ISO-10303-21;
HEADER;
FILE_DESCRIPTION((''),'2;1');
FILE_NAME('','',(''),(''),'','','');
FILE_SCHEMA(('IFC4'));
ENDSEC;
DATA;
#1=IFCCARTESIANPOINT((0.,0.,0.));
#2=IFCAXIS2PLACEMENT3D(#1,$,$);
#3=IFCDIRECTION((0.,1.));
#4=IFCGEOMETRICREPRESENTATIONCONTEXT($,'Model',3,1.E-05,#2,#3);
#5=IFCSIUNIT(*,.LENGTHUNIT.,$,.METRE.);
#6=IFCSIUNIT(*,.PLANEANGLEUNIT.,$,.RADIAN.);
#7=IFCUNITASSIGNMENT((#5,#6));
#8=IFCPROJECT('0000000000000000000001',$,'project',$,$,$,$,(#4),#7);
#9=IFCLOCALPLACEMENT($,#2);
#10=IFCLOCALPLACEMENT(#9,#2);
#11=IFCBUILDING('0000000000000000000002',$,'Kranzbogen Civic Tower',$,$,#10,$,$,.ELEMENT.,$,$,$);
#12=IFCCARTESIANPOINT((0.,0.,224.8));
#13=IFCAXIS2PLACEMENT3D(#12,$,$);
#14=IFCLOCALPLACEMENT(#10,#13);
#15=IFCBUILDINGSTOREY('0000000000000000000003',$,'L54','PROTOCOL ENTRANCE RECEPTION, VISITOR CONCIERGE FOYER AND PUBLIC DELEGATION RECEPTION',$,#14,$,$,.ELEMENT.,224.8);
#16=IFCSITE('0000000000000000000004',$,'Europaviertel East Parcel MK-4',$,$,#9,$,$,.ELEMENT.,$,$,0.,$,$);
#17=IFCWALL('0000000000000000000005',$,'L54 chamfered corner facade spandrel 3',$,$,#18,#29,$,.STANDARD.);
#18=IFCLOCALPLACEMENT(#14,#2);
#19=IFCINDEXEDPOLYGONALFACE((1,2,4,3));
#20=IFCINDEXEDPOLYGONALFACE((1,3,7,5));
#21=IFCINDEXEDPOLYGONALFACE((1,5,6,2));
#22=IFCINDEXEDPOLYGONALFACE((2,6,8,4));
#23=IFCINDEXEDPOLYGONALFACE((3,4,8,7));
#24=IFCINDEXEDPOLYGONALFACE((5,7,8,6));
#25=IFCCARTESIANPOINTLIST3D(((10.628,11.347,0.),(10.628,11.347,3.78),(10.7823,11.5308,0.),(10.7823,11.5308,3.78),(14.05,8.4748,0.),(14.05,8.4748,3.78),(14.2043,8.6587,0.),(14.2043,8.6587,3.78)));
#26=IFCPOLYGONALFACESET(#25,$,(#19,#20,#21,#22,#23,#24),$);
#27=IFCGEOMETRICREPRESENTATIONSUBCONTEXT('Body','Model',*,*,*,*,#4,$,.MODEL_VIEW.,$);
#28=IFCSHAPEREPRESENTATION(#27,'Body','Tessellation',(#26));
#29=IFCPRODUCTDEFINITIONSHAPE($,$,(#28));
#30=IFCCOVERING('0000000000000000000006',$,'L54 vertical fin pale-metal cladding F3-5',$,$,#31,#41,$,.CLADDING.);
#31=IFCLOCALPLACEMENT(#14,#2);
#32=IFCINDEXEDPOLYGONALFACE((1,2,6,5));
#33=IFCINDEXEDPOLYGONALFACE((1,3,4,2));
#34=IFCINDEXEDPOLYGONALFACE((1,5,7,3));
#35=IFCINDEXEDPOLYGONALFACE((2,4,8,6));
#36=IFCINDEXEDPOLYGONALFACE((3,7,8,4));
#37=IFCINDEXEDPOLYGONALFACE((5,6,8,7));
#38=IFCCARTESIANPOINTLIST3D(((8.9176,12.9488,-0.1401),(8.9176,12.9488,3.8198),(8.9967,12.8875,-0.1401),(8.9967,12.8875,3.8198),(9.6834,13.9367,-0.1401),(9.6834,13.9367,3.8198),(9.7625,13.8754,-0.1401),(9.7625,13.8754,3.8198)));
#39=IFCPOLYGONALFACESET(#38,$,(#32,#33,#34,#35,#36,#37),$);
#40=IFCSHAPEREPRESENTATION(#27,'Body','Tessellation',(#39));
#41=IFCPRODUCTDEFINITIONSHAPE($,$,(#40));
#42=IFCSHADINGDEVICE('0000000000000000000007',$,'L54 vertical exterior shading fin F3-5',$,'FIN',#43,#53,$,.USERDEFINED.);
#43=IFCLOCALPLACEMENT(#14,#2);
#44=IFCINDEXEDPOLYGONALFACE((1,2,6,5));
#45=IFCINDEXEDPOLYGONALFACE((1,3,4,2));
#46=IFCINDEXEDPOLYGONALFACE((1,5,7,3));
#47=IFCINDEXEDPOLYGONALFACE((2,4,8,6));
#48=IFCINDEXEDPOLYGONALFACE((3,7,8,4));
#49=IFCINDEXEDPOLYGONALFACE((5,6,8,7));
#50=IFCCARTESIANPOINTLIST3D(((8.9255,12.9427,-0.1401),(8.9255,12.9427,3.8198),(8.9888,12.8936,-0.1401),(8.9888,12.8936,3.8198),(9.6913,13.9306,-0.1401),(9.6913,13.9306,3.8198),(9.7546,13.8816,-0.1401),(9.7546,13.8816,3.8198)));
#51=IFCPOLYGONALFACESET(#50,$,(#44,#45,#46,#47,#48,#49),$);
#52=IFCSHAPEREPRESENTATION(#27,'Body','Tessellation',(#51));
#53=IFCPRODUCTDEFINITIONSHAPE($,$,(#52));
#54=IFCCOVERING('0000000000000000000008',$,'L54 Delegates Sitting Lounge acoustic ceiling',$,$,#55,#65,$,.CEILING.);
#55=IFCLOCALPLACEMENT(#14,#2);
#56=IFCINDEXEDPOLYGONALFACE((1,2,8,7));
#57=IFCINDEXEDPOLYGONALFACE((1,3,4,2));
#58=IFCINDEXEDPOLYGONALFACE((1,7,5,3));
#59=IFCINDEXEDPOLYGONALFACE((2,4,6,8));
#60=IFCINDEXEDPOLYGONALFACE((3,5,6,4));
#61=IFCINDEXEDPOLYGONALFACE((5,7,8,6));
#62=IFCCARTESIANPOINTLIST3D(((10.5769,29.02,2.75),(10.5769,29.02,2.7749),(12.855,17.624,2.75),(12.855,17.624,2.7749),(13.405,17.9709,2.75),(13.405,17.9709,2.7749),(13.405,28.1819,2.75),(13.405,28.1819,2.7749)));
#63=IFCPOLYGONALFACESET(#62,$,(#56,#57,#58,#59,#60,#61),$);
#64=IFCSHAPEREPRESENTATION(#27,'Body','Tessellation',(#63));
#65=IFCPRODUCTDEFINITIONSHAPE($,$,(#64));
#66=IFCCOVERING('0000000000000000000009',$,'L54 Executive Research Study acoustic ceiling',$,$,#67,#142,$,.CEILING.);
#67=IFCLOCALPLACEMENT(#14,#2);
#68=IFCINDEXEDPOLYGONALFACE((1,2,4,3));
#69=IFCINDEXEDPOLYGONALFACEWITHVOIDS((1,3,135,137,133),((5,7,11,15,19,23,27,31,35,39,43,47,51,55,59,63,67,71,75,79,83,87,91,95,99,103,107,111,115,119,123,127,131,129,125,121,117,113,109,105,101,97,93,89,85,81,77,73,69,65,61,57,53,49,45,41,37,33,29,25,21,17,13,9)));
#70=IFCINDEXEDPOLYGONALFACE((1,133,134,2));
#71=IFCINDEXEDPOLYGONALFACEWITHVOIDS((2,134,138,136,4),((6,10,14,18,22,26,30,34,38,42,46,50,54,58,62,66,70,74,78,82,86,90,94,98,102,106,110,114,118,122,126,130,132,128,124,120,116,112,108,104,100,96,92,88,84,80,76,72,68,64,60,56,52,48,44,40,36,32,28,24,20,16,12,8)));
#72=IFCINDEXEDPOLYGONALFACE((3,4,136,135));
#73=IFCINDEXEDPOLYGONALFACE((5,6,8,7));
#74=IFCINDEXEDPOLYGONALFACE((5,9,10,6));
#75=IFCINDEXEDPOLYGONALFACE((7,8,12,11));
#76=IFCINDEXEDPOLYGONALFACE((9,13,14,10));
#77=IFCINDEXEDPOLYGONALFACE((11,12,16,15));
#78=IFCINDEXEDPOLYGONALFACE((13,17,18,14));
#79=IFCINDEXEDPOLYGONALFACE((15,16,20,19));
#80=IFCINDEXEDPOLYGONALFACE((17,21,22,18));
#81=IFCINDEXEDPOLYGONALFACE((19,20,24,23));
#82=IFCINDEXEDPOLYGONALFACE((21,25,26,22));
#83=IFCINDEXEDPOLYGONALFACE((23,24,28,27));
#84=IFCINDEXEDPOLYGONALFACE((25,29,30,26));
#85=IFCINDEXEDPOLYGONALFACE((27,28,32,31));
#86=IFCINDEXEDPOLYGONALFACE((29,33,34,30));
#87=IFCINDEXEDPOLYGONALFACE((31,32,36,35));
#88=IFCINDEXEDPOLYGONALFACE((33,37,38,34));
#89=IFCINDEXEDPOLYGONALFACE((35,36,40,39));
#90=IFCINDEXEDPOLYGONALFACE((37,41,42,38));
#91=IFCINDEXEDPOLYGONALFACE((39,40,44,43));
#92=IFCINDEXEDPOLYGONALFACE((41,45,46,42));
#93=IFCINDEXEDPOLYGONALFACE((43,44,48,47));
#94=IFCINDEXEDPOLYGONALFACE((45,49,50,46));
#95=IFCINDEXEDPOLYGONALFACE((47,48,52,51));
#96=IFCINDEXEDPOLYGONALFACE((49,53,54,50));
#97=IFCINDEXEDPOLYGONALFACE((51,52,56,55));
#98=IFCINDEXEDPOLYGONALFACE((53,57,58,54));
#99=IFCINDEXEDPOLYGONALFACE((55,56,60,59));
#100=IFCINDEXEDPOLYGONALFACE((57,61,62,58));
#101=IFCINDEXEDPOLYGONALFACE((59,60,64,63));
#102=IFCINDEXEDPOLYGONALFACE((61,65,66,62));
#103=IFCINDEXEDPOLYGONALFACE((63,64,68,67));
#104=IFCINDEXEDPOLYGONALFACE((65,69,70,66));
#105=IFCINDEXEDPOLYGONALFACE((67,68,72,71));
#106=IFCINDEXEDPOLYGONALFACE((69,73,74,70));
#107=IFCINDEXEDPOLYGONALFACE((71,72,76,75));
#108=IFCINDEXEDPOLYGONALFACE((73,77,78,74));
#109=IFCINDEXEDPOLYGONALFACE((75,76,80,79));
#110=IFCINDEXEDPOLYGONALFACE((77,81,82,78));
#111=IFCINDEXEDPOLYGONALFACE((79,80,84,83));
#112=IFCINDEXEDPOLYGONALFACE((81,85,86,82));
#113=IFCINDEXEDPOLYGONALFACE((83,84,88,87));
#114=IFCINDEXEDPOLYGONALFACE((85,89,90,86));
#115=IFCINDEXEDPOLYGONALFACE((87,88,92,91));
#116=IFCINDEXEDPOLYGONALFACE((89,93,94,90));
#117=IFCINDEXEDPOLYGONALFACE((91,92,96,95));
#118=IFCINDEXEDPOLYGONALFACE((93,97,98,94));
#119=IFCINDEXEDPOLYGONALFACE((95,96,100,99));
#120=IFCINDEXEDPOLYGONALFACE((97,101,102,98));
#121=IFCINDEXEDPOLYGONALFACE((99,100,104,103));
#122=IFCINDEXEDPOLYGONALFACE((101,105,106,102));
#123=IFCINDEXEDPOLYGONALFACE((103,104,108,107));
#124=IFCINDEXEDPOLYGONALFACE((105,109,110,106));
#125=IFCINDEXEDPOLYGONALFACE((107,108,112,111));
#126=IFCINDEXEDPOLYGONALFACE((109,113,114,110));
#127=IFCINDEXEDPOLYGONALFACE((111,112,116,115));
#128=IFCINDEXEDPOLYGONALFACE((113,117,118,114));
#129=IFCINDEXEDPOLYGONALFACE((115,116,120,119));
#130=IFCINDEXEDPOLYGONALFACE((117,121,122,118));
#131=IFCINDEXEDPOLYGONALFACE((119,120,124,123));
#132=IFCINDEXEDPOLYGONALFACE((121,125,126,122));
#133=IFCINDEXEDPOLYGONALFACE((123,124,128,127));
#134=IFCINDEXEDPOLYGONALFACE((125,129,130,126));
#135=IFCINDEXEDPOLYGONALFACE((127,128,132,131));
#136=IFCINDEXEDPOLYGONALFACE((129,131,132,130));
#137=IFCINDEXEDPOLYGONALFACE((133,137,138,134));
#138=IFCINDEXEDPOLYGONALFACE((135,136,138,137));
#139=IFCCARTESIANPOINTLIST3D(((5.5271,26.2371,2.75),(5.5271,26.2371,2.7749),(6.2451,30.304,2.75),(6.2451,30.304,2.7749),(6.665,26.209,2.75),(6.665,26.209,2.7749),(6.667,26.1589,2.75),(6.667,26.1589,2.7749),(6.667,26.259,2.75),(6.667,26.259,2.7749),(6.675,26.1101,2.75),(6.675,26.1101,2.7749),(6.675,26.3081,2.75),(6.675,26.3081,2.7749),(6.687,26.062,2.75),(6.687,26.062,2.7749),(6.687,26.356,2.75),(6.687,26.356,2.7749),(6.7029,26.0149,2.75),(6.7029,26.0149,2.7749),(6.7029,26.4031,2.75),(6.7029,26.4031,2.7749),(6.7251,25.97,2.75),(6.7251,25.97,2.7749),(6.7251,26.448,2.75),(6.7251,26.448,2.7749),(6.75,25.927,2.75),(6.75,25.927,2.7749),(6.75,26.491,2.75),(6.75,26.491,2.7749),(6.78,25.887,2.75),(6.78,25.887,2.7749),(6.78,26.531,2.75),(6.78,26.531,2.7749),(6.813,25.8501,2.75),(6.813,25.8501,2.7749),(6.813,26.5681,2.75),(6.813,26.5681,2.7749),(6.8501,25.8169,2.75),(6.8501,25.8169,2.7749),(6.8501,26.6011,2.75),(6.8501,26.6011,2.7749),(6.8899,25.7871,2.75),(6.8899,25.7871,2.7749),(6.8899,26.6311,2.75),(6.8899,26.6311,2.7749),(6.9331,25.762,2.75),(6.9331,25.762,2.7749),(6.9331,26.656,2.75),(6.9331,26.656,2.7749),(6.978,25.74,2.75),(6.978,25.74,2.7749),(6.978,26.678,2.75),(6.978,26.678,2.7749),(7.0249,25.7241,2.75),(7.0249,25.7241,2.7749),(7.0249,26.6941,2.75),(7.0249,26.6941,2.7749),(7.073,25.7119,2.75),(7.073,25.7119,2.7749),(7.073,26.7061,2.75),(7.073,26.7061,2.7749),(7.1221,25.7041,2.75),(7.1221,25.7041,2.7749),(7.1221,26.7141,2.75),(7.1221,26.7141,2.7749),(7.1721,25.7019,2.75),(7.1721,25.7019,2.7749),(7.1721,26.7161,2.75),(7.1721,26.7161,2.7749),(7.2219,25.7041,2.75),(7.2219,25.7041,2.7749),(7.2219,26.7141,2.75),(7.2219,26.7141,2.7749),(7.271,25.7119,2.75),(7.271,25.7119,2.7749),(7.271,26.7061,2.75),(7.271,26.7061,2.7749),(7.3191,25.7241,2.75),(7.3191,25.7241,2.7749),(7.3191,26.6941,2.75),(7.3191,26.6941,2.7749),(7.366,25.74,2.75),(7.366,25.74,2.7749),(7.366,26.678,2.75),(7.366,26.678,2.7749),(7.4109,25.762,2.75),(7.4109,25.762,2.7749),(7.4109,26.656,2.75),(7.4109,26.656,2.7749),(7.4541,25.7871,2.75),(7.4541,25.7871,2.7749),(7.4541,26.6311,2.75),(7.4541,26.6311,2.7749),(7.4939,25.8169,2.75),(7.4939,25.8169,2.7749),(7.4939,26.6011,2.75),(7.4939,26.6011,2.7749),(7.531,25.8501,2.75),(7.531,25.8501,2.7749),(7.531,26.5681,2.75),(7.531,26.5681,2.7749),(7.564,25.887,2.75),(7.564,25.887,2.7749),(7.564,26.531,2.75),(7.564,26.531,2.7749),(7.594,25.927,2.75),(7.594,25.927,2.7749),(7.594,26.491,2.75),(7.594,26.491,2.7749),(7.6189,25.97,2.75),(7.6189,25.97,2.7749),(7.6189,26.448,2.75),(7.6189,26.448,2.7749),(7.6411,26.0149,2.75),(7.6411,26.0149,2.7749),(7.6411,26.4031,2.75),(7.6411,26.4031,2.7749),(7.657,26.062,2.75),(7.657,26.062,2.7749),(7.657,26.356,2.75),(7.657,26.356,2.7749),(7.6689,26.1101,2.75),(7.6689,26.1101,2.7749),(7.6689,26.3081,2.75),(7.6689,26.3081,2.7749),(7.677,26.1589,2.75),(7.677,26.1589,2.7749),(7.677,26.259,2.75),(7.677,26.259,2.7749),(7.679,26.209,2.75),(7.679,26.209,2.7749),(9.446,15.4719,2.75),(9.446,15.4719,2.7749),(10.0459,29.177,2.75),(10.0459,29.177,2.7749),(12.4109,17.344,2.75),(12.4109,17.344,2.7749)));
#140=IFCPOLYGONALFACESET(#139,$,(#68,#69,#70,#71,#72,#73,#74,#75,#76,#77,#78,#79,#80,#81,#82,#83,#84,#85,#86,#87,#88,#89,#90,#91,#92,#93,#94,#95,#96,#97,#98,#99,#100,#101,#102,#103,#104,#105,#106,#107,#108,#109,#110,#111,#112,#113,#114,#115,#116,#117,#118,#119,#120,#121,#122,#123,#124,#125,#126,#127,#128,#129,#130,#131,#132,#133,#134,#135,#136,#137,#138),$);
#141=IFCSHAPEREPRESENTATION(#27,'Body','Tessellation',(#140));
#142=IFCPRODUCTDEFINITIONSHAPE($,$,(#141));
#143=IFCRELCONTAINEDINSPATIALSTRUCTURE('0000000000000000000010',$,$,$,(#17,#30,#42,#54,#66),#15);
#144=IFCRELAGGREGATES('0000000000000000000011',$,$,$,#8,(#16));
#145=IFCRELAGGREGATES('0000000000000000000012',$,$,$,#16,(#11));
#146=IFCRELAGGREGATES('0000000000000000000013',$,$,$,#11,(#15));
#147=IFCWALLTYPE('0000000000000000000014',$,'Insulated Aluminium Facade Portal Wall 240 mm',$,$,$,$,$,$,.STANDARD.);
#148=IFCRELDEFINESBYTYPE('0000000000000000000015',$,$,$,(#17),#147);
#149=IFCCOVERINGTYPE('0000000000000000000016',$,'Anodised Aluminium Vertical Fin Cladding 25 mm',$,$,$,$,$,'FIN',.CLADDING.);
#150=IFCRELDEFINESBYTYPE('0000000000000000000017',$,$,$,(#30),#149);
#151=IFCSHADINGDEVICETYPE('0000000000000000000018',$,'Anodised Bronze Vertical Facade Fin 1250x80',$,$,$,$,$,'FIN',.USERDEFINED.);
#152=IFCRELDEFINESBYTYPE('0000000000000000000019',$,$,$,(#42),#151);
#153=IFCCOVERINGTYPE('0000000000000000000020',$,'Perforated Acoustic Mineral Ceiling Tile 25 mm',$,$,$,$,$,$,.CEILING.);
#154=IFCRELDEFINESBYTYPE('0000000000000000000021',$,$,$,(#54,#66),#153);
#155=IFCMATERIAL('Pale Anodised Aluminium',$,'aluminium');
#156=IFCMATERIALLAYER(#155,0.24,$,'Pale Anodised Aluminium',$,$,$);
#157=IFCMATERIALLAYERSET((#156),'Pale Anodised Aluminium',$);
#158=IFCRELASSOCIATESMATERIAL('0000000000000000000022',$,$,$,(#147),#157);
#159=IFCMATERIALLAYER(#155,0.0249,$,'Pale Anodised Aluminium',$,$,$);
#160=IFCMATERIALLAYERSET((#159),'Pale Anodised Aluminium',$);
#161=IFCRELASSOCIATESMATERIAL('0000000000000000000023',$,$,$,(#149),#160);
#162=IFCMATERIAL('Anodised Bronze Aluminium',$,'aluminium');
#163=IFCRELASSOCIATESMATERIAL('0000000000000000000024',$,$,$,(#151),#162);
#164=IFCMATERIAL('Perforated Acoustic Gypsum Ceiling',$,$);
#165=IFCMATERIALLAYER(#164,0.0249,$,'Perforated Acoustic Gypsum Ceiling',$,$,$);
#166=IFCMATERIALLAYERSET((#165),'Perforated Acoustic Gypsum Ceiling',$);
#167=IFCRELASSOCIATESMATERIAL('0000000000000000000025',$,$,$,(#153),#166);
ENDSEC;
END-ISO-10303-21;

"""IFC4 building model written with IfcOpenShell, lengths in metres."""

from ifc_helpers import new_model, si_unit, direction, frame, frame_2d, origin, origin_2d, place, context, subcontext, project, spatial, polyline, rectangle, outline, extrude, material, layer, layer_set, type_object, element, save


model = new_model("IFC4")

# Units and contexts
model_context = context("Model", 3, precision=1e-05, world=origin(), true_north=direction((0.0, 1.0)))
body_context = subcontext(model_context, "Body", "Model", "MODEL_VIEW")
ifc_project = project(units=[si_unit("LENGTHUNIT", "METRE"), si_unit("PLANEANGLEUNIT", "RADIAN")], contexts=[model_context])

# Site, building, storey
site_placement = place(None, origin())
site = spatial("IfcSite", under=ifc_project, at=site_placement, Name="Europaviertel East Parcel MK-4", CompositionType="ELEMENT", RefElevation=0.0)
building_placement = place(site_placement, origin())
building = spatial("IfcBuilding", under=site, at=building_placement, Name="Kranzbogen Civic Tower", CompositionType="ELEMENT")
storey_placement = place(building_placement, frame((0.0, 0.0, 224.8)))
storey = spatial("IfcBuildingStorey", under=building, at=storey_placement, Name="L54", Description="PROTOCOL ENTRANCE RECEPTION, VISITOR CONCIERGE FOYER AND PUBLIC DELEGATION RECEPTION", CompositionType="ELEMENT", Elevation=224.8)

# Shared definitions
ifc_material_1 = material(Name="Pale Anodised Aluminium", Category="aluminium")

# Wall
ifc_layer_1 = layer(ifc_material_1, 0.24, Name="Pale Anodised Aluminium")
ifc_layer_set_1 = layer_set([ifc_layer_1], Name="Pale Anodised Aluminium")
wall_type = type_object("IfcWallType", Name="Insulated Aluminium Facade Portal Wall 240 mm", PredefinedType="STANDARD", material=ifc_layer_set_1)
wall_placement = place(storey_placement, frame((10.7051, 11.439, 0.0), z_axis=(0.0, 0.0, 1.0), x_axis=(0.765959, -0.64289, 0.0)))
element("IfcWall", 1, at=wall_placement, inside=storey, type_object=wall_type, Name="L54 chamfered corner facade spandrel 3", PredefinedType="STANDARD", context=body_context, shape_type="SweptSolid", body=[
    extrude(rectangle(XDim=4.4675, YDim=0.24, at=frame_2d((2.2339, 0.0))), origin(), (0.0, 0.0, 1.0), 3.78),
])

# Covering
ifc_layer_2 = layer(ifc_material_1, 0.0249, Name="Pale Anodised Aluminium")
ifc_layer_set_2 = layer_set([ifc_layer_2], Name="Pale Anodised Aluminium")
covering_type_1 = type_object("IfcCoveringType", Name="Anodised Aluminium Vertical Fin Cladding 25 mm", ElementType="FIN", PredefinedType="CLADDING", material=ifc_layer_set_2)
covering_1_placement = place(storey_placement, frame((9.3401, 13.4121, -0.1401), z_axis=(0.0, 0.0, 1.0), x_axis=(-0.612645, -0.790358, 0.0)))
element("IfcCovering", 2, at=covering_1_placement, inside=storey, type_object=covering_type_1, Name="L54 vertical fin pale-metal cladding F3-5", PredefinedType="CLADDING", context=body_context, shape_type="SweptSolid", body=[
    extrude(rectangle(XDim=1.25, YDim=0.1001, at=origin_2d()), origin(), (0.0, 0.0, 1.0), 3.96),
])

# Shading device
ifc_material_2 = material(Name="Anodised Bronze Aluminium", Category="aluminium")
shading_device_type = type_object("IfcShadingDeviceType", Name="Anodised Bronze Vertical Facade Fin 1250x80", ElementType="FIN", PredefinedType="USERDEFINED", material=ifc_material_2)
shading_device_placement = place(storey_placement, frame((9.3401, 13.4121, -0.1401), z_axis=(0.0, 0.0, 1.0), x_axis=(-0.612645, -0.790358, 0.0)))
element("IfcShadingDevice", 3, at=shading_device_placement, inside=storey, type_object=shading_device_type, Name="L54 vertical exterior shading fin F3-5", ObjectType="FIN", PredefinedType="USERDEFINED", context=body_context, shape_type="SweptSolid", body=[
    extrude(rectangle(XDim=1.25, YDim=0.0801, at=origin_2d()), origin(), (0.0, 0.0, 1.0), 3.96),
])

# Coverings
ifc_material_3 = material(Name="Perforated Acoustic Gypsum Ceiling")
ifc_layer_3 = layer(ifc_material_3, 0.0249, Name="Perforated Acoustic Gypsum Ceiling")
ifc_layer_set_3 = layer_set([ifc_layer_3], Name="Perforated Acoustic Gypsum Ceiling")
covering_type_2 = type_object("IfcCoveringType", Name="Perforated Acoustic Mineral Ceiling Tile 25 mm", PredefinedType="CEILING", material=ifc_layer_set_3)
covering_2_placement = place(storey_placement, frame((0.0, 0.0, 2.75)))
element("IfcCovering", 4, at=covering_2_placement, inside=storey, type_object=covering_type_2, Name="L54 Delegates Sitting Lounge acoustic ceiling", PredefinedType="CEILING", context=body_context, shape_type="SweptSolid", body=[
    extrude(outline(polyline([(13.405, 17.9709), (12.855, 17.624), (10.5769, 29.02), (13.405, 28.1819), (13.405, 17.9709)])), origin(), (0.0, 0.0, 1.0), 0.0249),
])
covering_3_placement = place(storey_placement, frame((0.0, 0.0, 2.75)))
element("IfcCovering", 5, at=covering_3_placement, inside=storey, type_object=covering_type_2, Name="L54 Executive Research Study acoustic ceiling", PredefinedType="CEILING", context=body_context, shape_type="SweptSolid", body=[
    extrude(outline(polyline([(10.0459, 29.177), (12.4109, 17.344), (9.446, 15.4719), (5.5271, 26.2371), (6.2451, 30.304), (10.0459, 29.177)]), holes=[polyline([(7.6411, 26.0149), (7.6189, 25.97), (7.594, 25.927), (7.564, 25.887), (7.531, 25.8501), (7.4939, 25.8169), (7.4541, 25.7871), (7.4109, 25.762), (7.366, 25.74), (7.3191, 25.7241), (7.271, 25.7119), (7.2219, 25.7041), (7.1721, 25.7019), (7.1221, 25.7041), (7.073, 25.7119), (7.0249, 25.7241), (6.978, 25.74), (6.9331, 25.762), (6.8899, 25.7871), (6.8501, 25.8169), (6.813, 25.8501), (6.78, 25.887), (6.75, 25.927), (6.7251, 25.97), (6.7029, 26.0149), (6.687, 26.062), (6.675, 26.1101), (6.667, 26.1589), (6.665, 26.209), (6.667, 26.259), (6.675, 26.3081), (6.687, 26.356), (6.7029, 26.4031), (6.7251, 26.448), (6.75, 26.491), (6.78, 26.531), (6.813, 26.5681), (6.8501, 26.6011), (6.8899, 26.6311), (6.9331, 26.656), (6.978, 26.678), (7.0249, 26.6941), (7.073, 26.7061), (7.1221, 26.7141), (7.1721, 26.7161), (7.2219, 26.7141), (7.271, 26.7061), (7.3191, 26.6941), (7.366, 26.678), (7.4109, 26.656), (7.4541, 26.6311), (7.4939, 26.6011), (7.531, 26.5681), (7.564, 26.531), (7.594, 26.491), (7.6189, 26.448), (7.6411, 26.4031), (7.657, 26.356), (7.6689, 26.3081), (7.677, 26.259), (7.679, 26.209), (7.677, 26.1589), (7.6689, 26.1101), (7.657, 26.062), (7.6411, 26.0149)])]), origin(), (0.0, 0.0, 1.0), 0.0249),
])

save(model, "model.ifc")
